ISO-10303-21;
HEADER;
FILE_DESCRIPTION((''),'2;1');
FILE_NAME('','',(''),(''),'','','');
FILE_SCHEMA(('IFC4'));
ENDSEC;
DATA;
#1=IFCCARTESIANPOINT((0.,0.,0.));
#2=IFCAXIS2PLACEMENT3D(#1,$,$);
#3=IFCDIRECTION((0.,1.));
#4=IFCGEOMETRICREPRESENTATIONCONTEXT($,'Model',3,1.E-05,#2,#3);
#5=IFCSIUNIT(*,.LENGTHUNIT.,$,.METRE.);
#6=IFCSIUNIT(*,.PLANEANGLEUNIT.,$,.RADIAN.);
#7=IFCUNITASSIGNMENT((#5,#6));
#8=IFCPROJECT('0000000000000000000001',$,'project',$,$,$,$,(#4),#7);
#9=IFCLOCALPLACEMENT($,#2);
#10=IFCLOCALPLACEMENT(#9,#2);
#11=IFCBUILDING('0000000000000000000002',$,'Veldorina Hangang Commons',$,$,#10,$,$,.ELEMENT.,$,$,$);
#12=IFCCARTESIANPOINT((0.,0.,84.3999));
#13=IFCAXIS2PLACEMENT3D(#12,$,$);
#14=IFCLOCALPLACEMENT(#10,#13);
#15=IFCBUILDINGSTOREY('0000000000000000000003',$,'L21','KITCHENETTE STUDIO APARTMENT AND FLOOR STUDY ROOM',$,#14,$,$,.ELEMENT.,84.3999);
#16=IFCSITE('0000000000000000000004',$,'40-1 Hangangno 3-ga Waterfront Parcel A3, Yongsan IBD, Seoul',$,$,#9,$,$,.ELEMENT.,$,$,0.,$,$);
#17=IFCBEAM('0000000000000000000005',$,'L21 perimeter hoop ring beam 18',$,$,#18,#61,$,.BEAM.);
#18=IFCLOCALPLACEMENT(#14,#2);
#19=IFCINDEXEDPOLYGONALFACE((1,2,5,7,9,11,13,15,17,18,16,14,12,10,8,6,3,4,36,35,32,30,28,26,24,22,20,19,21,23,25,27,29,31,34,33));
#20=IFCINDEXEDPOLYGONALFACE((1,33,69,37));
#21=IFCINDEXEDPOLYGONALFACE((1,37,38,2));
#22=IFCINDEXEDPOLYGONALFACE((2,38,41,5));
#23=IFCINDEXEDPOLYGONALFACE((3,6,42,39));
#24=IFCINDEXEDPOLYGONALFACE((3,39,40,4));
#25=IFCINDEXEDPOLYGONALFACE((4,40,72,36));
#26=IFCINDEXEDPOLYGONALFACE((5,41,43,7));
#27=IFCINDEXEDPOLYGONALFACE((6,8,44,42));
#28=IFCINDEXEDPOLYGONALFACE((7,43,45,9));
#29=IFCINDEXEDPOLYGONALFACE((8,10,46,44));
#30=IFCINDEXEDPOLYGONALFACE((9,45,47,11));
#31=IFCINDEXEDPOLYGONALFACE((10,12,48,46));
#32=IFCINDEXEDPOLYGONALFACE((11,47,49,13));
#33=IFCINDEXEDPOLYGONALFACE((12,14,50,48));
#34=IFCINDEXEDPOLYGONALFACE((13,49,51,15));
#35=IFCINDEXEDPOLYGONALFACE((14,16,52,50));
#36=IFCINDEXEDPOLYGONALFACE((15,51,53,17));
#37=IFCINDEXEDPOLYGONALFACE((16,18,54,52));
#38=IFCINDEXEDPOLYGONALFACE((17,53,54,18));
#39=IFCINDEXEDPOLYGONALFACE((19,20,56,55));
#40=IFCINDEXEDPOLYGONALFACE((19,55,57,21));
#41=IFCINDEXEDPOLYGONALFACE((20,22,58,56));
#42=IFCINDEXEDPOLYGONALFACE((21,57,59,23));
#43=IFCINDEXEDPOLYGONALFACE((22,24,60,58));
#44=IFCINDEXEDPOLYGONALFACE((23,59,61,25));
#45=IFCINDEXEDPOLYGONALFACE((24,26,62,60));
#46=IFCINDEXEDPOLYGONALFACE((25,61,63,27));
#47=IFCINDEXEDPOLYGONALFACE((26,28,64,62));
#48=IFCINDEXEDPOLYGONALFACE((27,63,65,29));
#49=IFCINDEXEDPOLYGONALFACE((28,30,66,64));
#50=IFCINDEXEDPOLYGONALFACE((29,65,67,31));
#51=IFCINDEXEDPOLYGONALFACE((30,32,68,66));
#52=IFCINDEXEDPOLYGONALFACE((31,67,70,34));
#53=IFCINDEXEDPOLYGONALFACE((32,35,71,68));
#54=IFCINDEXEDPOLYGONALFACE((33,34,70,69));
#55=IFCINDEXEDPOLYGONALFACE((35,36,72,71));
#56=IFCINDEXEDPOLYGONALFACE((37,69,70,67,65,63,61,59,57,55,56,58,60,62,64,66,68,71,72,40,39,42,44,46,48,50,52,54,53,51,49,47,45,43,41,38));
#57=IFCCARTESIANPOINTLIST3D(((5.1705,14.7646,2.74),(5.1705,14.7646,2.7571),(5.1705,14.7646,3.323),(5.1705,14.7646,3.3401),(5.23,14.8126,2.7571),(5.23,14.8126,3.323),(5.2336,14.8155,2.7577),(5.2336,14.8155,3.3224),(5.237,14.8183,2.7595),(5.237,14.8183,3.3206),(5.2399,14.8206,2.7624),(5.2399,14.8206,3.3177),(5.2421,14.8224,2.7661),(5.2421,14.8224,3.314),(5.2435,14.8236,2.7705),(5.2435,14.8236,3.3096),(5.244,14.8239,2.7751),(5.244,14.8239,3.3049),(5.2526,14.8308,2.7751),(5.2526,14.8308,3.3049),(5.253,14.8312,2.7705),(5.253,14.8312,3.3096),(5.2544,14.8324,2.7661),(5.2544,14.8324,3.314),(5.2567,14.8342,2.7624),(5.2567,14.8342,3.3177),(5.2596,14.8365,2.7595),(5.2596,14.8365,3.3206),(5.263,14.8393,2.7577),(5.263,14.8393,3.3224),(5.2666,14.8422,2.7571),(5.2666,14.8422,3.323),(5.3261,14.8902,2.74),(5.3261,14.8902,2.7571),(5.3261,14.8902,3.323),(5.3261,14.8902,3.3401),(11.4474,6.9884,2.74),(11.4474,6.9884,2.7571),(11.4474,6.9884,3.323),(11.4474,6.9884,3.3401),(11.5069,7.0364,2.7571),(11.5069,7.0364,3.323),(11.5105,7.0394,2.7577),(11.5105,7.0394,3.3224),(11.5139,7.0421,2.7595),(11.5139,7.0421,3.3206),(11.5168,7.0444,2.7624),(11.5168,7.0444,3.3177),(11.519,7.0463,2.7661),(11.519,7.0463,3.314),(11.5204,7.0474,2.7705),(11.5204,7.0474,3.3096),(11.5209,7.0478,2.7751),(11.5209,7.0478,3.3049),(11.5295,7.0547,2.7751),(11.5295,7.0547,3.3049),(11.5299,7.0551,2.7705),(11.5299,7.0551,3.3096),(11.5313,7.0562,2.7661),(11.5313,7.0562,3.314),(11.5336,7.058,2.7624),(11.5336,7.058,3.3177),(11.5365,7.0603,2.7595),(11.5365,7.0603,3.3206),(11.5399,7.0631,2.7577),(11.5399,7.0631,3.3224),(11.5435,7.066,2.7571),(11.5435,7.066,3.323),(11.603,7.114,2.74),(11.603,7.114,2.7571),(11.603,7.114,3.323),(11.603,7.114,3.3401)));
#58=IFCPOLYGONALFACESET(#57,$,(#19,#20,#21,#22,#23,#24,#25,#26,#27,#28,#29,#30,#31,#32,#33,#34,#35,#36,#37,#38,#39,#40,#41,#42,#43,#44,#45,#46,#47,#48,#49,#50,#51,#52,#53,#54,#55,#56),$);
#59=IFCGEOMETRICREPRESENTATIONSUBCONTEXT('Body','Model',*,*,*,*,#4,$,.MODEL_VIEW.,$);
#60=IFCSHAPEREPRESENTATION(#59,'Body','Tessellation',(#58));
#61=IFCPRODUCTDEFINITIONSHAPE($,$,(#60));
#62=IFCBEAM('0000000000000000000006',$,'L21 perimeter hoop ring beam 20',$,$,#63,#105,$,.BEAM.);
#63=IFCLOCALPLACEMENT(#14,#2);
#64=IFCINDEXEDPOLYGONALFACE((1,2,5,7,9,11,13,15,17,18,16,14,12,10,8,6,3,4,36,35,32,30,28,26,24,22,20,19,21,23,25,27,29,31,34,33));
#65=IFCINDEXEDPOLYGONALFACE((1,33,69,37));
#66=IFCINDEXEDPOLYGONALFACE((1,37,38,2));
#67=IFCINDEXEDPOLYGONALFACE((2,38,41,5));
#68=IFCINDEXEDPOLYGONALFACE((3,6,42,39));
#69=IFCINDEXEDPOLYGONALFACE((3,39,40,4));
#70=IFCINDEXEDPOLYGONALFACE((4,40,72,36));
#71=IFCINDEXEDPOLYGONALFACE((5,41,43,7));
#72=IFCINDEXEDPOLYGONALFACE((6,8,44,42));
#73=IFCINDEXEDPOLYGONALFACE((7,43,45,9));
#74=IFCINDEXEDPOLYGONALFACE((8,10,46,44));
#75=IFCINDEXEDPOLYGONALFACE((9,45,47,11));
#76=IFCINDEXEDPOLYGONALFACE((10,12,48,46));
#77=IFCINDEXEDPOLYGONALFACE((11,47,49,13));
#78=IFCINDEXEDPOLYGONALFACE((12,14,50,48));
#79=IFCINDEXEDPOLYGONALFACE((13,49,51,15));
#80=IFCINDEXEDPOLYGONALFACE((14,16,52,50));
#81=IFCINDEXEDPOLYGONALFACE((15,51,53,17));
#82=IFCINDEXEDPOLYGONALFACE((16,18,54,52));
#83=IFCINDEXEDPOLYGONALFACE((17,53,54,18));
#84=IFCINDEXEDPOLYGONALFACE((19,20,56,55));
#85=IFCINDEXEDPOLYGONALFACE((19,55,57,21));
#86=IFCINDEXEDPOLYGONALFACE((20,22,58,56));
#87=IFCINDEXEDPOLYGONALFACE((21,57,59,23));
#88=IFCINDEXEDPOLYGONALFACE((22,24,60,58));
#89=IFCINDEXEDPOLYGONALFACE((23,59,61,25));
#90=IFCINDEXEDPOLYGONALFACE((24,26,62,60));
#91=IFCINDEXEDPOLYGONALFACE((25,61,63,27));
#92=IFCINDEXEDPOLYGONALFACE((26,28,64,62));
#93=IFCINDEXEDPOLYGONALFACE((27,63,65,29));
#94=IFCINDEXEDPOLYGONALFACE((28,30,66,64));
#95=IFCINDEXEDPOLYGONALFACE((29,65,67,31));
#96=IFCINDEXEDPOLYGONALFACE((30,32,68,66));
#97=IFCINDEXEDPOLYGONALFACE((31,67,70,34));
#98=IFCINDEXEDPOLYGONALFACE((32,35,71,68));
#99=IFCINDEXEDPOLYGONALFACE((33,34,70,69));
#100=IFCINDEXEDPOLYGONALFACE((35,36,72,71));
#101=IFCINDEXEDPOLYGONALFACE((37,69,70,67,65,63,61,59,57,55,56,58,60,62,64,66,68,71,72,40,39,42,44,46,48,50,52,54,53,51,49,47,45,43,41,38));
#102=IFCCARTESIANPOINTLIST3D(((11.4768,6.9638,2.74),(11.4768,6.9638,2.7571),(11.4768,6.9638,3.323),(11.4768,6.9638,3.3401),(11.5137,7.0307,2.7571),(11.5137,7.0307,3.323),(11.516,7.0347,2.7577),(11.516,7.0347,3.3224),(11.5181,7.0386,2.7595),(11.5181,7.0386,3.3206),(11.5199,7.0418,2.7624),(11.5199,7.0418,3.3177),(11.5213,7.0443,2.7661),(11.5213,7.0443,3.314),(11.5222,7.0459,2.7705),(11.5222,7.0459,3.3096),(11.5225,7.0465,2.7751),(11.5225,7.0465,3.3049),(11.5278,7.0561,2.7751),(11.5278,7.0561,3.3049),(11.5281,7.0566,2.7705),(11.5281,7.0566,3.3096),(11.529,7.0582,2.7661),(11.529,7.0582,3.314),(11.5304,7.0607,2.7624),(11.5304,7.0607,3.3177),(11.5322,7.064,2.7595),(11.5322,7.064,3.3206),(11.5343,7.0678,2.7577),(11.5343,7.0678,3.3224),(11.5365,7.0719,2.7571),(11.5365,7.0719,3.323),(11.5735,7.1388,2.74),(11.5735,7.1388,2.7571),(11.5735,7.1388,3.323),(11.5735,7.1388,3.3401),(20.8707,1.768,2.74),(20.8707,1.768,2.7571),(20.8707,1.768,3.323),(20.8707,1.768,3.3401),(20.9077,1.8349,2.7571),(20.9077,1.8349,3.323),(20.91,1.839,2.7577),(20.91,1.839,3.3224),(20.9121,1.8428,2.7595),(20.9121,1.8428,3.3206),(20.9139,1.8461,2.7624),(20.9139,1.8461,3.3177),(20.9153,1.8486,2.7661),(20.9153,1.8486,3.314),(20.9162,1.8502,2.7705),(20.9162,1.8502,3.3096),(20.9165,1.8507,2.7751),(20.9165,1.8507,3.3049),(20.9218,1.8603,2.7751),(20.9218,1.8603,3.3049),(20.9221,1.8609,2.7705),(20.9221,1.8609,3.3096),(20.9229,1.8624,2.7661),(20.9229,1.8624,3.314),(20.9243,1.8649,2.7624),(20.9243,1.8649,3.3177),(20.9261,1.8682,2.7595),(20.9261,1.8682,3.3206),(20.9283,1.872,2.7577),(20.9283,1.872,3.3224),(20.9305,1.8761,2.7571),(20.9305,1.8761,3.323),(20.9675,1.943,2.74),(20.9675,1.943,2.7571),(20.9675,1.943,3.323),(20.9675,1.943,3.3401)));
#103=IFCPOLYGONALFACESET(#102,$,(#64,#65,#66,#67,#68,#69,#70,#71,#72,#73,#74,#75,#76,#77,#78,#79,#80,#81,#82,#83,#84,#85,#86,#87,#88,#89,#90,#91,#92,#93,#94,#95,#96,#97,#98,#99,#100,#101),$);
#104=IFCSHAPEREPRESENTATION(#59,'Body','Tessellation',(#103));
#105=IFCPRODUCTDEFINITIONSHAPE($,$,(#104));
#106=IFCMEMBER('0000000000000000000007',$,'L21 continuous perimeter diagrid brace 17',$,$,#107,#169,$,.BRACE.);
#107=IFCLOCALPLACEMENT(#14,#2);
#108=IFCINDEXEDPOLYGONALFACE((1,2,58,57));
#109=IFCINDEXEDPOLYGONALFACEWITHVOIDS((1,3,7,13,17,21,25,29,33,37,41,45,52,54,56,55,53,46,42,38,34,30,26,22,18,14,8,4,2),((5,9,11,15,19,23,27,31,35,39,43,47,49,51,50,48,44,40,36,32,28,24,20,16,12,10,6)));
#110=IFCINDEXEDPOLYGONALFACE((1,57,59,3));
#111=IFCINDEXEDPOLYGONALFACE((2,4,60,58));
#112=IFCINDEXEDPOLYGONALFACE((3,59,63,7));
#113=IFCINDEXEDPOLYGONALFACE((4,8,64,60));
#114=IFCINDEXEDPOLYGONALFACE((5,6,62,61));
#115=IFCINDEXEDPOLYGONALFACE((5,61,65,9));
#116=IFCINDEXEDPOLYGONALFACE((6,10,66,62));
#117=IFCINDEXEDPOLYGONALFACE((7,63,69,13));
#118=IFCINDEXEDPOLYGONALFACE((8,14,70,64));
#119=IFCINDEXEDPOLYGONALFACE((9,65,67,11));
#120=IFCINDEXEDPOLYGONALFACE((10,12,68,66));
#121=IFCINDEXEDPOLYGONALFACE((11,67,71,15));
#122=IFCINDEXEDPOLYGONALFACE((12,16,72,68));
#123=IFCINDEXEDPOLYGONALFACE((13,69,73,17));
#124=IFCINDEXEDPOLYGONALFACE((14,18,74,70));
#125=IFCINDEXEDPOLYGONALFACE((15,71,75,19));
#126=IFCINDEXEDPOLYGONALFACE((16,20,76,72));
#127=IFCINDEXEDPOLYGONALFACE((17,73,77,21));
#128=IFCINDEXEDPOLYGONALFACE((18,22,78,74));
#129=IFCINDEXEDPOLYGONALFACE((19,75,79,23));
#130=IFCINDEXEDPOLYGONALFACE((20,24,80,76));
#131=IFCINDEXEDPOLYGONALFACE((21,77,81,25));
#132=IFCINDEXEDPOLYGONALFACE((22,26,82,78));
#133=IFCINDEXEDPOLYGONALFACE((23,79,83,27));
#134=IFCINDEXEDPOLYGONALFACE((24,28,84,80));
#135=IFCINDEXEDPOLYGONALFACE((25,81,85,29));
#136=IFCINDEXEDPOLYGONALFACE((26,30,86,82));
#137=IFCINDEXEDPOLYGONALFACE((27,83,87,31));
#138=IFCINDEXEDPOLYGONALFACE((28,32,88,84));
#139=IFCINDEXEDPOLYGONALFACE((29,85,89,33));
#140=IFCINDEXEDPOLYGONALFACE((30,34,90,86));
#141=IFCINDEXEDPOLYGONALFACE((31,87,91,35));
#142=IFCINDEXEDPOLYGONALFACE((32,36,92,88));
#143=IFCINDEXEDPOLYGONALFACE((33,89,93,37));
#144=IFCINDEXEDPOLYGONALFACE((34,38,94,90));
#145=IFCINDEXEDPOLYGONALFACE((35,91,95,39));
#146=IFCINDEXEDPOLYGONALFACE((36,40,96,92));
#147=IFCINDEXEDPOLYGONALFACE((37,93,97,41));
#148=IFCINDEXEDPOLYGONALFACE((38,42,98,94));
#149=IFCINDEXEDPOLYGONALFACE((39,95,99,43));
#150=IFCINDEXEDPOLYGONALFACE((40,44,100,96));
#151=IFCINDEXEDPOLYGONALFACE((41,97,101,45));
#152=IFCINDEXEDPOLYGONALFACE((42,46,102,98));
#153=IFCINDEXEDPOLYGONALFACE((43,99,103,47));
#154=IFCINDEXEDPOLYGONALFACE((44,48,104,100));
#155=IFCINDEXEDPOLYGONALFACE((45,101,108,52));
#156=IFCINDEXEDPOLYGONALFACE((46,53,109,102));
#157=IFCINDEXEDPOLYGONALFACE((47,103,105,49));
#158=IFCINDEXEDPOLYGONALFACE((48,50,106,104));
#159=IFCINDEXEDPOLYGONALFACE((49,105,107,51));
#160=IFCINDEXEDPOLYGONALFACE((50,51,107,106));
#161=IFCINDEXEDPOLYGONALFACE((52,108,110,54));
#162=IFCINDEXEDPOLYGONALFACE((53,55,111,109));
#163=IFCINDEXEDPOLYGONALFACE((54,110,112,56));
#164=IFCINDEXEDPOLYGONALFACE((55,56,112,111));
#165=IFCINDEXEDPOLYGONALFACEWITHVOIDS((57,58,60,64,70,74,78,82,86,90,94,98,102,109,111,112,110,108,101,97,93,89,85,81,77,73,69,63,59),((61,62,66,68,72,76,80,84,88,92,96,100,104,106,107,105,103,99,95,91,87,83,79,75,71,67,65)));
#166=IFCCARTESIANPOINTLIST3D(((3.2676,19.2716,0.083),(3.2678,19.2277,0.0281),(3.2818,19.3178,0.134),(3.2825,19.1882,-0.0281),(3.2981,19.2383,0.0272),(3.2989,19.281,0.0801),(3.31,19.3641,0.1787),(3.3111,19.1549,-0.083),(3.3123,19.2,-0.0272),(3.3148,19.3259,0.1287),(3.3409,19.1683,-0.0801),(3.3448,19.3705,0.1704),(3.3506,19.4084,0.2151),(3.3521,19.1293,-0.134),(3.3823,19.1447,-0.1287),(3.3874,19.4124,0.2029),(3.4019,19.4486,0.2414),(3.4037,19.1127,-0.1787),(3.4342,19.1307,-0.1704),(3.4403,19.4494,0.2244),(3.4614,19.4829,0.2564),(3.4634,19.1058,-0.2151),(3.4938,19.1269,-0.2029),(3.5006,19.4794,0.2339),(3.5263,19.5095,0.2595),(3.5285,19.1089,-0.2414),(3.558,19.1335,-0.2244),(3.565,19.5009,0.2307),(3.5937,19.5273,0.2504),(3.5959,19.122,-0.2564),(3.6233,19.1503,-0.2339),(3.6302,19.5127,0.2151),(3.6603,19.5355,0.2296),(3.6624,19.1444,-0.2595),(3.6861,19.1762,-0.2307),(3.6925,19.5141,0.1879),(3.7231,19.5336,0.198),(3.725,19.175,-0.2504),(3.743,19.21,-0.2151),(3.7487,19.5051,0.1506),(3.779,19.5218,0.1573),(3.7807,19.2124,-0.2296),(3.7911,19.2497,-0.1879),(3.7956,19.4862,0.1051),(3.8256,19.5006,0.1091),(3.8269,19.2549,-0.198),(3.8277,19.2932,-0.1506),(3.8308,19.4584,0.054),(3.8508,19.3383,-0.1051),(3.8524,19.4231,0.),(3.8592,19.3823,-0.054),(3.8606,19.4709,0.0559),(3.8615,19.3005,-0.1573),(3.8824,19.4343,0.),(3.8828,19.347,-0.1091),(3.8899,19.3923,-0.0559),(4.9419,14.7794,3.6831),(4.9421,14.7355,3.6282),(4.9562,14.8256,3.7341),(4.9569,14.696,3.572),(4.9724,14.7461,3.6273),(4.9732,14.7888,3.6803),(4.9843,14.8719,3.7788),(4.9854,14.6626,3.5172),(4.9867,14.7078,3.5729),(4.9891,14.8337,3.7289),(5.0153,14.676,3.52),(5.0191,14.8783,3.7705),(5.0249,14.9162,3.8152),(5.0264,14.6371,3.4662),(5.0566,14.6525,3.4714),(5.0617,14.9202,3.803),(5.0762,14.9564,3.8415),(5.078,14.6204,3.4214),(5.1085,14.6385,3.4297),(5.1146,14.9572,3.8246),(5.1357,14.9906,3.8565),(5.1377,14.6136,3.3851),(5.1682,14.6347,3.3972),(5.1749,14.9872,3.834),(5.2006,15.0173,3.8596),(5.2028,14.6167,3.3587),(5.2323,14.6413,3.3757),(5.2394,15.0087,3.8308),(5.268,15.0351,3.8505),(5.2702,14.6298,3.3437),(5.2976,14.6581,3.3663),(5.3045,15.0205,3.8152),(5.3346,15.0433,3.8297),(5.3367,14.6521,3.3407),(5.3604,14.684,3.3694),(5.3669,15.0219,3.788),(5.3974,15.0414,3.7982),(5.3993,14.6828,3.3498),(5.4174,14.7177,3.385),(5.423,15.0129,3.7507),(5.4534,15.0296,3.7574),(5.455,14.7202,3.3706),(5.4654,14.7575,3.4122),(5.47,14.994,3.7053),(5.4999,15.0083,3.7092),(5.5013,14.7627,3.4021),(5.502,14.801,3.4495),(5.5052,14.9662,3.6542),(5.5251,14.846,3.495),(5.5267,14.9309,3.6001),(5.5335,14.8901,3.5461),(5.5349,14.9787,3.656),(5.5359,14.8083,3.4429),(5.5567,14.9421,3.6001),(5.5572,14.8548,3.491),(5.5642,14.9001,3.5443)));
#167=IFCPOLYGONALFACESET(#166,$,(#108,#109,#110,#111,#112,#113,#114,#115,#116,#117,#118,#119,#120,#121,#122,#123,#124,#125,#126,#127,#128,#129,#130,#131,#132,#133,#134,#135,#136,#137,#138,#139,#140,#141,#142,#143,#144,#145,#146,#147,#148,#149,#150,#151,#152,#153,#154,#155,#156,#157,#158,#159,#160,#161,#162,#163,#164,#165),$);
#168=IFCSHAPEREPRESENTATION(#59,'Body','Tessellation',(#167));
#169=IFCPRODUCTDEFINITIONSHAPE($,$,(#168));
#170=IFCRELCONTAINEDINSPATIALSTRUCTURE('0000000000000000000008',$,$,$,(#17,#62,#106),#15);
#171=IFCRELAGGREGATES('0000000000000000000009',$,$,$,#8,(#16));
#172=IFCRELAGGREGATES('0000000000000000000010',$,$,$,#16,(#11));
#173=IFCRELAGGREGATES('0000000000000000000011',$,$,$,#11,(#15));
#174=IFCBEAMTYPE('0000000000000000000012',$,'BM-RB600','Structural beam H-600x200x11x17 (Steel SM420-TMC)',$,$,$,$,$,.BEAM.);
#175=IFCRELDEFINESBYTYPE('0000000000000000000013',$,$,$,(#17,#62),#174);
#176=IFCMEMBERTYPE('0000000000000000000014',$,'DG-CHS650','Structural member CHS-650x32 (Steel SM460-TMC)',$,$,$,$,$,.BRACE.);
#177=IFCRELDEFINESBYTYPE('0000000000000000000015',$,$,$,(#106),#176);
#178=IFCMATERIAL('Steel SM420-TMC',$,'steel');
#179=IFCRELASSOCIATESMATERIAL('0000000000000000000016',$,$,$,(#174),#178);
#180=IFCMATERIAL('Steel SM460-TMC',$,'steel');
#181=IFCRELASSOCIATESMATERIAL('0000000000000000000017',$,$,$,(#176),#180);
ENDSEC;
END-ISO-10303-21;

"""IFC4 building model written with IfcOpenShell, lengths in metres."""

from ifc_helpers import new_model, si_unit, direction, frame, origin, origin_2d, place, context, subcontext, project, spatial, hollow_circle, i_section, extrude, material, material_profile, profile_set, type_object, element, save


model = new_model("IFC4")

# Units and contexts
model_context = context("Model", 3, precision=1e-05, world=origin(), true_north=direction((0.0, 1.0)))
body_context = subcontext(model_context, "Body", "Model", "MODEL_VIEW")
ifc_project = project(units=[si_unit("LENGTHUNIT", "METRE"), si_unit("PLANEANGLEUNIT", "RADIAN")], contexts=[model_context])

# Site, building, storey
site_placement = place(None, origin())
site = spatial("IfcSite", under=ifc_project, at=site_placement, Name="40-1 Hangangno 3-ga Waterfront Parcel A3, Yongsan IBD, Seoul", CompositionType="ELEMENT", RefElevation=0.0)
building_placement = place(site_placement, origin())
building = spatial("IfcBuilding", under=site, at=building_placement, Name="Veldorina Hangang Commons", CompositionType="ELEMENT")
storey_placement = place(building_placement, frame((0.0, 0.0, 84.3999)))
storey = spatial("IfcBuildingStorey", under=building, at=storey_placement, Name="L21", Description="KITCHENETTE STUDIO APARTMENT AND FLOOR STUDY ROOM", CompositionType="ELEMENT", Elevation=84.3999)

# Beams
ifc_material_1 = material(Name="Steel SM420-TMC", Category="steel")
ifc_material_profile_1 = material_profile(ifc_material_1, i_section(OverallWidth=0.2, OverallDepth=0.6001, WebThickness=0.011, FlangeThickness=0.0171, FilletRadius=0.0181, at=origin_2d()), Name="H-600x200x11x17")
ifc_profile_set_1 = profile_set([ifc_material_profile_1], Name="Steel SM420-TMC")
beam_type = type_object("IfcBeamType", Name="BM-RB600", Description="Structural beam H-600x200x11x17 (Steel SM420-TMC)", PredefinedType="BEAM", material=ifc_profile_set_1)
beam_1_placement = place(storey_placement, frame((5.2483, 14.8274, 3.04), z_axis=(0.628103, -0.77813, 0.0), x_axis=(0.77813, 0.628103, 0.0)))
element("IfcBeam", 1, at=beam_1_placement, inside=storey, type_object=beam_type, Name="L21 perimeter hoop ring beam 18", PredefinedType="BEAM", context=body_context, shape_type="SweptSolid", body=[
    extrude(i_section(OverallWidth=0.2, OverallDepth=0.6001, WebThickness=0.011, FlangeThickness=0.0171, FilletRadius=0.0181, at=origin_2d()), origin(), (0.0, 0.0, 1.0), 9.9934),
])
beam_2_placement = place(storey_placement, frame((11.5251, 7.0513, 3.04), z_axis=(0.87507, -0.483997, 0.0), x_axis=(0.483997, 0.87507, 0.0)))
element("IfcBeam", 2, at=beam_2_placement, inside=storey, type_object=beam_type, Name="L21 perimeter hoop ring beam 20", PredefinedType="BEAM", context=body_context, shape_type="SweptSolid", body=[
    extrude(i_section(OverallWidth=0.2, OverallDepth=0.6001, WebThickness=0.011, FlangeThickness=0.0171, FilletRadius=0.0181, at=origin_2d()), origin(), (0.0, 0.0, 1.0), 10.7351),
])

# Member
ifc_material_2 = material(Name="Steel SM460-TMC", Category="steel")
ifc_material_profile_2 = material_profile(ifc_material_2, hollow_circle(Radius=0.325, WallThickness=0.032, at=origin_2d()), Name="CHS-650x32")
ifc_profile_set_2 = profile_set([ifc_material_profile_2], Name="Steel SM460-TMC")
member_type = type_object("IfcMemberType", Name="DG-CHS650", Description="Structural member CHS-650x32 (Steel SM460-TMC)", PredefinedType="BRACE", material=ifc_profile_set_2)
member_1_placement = place(storey_placement, frame((3.5779, 19.3208, 0.0), z_axis=(0.279271, -0.749283, 0.600485), x_axis=(0.93703, 0.349248, 0.0)))
element("IfcMember", 3, at=member_1_placement, inside=storey, type_object=member_type, Name="L21 continuous perimeter diagrid brace 17", PredefinedType="BRACE", context=body_context, shape_type="SweptSolid", body=[
    extrude(hollow_circle(Radius=0.325, WallThickness=0.032, at=origin_2d()), origin(), (0.0, 0.0, 1.0), 5.9954),
])

save(model, "model.ifc")
